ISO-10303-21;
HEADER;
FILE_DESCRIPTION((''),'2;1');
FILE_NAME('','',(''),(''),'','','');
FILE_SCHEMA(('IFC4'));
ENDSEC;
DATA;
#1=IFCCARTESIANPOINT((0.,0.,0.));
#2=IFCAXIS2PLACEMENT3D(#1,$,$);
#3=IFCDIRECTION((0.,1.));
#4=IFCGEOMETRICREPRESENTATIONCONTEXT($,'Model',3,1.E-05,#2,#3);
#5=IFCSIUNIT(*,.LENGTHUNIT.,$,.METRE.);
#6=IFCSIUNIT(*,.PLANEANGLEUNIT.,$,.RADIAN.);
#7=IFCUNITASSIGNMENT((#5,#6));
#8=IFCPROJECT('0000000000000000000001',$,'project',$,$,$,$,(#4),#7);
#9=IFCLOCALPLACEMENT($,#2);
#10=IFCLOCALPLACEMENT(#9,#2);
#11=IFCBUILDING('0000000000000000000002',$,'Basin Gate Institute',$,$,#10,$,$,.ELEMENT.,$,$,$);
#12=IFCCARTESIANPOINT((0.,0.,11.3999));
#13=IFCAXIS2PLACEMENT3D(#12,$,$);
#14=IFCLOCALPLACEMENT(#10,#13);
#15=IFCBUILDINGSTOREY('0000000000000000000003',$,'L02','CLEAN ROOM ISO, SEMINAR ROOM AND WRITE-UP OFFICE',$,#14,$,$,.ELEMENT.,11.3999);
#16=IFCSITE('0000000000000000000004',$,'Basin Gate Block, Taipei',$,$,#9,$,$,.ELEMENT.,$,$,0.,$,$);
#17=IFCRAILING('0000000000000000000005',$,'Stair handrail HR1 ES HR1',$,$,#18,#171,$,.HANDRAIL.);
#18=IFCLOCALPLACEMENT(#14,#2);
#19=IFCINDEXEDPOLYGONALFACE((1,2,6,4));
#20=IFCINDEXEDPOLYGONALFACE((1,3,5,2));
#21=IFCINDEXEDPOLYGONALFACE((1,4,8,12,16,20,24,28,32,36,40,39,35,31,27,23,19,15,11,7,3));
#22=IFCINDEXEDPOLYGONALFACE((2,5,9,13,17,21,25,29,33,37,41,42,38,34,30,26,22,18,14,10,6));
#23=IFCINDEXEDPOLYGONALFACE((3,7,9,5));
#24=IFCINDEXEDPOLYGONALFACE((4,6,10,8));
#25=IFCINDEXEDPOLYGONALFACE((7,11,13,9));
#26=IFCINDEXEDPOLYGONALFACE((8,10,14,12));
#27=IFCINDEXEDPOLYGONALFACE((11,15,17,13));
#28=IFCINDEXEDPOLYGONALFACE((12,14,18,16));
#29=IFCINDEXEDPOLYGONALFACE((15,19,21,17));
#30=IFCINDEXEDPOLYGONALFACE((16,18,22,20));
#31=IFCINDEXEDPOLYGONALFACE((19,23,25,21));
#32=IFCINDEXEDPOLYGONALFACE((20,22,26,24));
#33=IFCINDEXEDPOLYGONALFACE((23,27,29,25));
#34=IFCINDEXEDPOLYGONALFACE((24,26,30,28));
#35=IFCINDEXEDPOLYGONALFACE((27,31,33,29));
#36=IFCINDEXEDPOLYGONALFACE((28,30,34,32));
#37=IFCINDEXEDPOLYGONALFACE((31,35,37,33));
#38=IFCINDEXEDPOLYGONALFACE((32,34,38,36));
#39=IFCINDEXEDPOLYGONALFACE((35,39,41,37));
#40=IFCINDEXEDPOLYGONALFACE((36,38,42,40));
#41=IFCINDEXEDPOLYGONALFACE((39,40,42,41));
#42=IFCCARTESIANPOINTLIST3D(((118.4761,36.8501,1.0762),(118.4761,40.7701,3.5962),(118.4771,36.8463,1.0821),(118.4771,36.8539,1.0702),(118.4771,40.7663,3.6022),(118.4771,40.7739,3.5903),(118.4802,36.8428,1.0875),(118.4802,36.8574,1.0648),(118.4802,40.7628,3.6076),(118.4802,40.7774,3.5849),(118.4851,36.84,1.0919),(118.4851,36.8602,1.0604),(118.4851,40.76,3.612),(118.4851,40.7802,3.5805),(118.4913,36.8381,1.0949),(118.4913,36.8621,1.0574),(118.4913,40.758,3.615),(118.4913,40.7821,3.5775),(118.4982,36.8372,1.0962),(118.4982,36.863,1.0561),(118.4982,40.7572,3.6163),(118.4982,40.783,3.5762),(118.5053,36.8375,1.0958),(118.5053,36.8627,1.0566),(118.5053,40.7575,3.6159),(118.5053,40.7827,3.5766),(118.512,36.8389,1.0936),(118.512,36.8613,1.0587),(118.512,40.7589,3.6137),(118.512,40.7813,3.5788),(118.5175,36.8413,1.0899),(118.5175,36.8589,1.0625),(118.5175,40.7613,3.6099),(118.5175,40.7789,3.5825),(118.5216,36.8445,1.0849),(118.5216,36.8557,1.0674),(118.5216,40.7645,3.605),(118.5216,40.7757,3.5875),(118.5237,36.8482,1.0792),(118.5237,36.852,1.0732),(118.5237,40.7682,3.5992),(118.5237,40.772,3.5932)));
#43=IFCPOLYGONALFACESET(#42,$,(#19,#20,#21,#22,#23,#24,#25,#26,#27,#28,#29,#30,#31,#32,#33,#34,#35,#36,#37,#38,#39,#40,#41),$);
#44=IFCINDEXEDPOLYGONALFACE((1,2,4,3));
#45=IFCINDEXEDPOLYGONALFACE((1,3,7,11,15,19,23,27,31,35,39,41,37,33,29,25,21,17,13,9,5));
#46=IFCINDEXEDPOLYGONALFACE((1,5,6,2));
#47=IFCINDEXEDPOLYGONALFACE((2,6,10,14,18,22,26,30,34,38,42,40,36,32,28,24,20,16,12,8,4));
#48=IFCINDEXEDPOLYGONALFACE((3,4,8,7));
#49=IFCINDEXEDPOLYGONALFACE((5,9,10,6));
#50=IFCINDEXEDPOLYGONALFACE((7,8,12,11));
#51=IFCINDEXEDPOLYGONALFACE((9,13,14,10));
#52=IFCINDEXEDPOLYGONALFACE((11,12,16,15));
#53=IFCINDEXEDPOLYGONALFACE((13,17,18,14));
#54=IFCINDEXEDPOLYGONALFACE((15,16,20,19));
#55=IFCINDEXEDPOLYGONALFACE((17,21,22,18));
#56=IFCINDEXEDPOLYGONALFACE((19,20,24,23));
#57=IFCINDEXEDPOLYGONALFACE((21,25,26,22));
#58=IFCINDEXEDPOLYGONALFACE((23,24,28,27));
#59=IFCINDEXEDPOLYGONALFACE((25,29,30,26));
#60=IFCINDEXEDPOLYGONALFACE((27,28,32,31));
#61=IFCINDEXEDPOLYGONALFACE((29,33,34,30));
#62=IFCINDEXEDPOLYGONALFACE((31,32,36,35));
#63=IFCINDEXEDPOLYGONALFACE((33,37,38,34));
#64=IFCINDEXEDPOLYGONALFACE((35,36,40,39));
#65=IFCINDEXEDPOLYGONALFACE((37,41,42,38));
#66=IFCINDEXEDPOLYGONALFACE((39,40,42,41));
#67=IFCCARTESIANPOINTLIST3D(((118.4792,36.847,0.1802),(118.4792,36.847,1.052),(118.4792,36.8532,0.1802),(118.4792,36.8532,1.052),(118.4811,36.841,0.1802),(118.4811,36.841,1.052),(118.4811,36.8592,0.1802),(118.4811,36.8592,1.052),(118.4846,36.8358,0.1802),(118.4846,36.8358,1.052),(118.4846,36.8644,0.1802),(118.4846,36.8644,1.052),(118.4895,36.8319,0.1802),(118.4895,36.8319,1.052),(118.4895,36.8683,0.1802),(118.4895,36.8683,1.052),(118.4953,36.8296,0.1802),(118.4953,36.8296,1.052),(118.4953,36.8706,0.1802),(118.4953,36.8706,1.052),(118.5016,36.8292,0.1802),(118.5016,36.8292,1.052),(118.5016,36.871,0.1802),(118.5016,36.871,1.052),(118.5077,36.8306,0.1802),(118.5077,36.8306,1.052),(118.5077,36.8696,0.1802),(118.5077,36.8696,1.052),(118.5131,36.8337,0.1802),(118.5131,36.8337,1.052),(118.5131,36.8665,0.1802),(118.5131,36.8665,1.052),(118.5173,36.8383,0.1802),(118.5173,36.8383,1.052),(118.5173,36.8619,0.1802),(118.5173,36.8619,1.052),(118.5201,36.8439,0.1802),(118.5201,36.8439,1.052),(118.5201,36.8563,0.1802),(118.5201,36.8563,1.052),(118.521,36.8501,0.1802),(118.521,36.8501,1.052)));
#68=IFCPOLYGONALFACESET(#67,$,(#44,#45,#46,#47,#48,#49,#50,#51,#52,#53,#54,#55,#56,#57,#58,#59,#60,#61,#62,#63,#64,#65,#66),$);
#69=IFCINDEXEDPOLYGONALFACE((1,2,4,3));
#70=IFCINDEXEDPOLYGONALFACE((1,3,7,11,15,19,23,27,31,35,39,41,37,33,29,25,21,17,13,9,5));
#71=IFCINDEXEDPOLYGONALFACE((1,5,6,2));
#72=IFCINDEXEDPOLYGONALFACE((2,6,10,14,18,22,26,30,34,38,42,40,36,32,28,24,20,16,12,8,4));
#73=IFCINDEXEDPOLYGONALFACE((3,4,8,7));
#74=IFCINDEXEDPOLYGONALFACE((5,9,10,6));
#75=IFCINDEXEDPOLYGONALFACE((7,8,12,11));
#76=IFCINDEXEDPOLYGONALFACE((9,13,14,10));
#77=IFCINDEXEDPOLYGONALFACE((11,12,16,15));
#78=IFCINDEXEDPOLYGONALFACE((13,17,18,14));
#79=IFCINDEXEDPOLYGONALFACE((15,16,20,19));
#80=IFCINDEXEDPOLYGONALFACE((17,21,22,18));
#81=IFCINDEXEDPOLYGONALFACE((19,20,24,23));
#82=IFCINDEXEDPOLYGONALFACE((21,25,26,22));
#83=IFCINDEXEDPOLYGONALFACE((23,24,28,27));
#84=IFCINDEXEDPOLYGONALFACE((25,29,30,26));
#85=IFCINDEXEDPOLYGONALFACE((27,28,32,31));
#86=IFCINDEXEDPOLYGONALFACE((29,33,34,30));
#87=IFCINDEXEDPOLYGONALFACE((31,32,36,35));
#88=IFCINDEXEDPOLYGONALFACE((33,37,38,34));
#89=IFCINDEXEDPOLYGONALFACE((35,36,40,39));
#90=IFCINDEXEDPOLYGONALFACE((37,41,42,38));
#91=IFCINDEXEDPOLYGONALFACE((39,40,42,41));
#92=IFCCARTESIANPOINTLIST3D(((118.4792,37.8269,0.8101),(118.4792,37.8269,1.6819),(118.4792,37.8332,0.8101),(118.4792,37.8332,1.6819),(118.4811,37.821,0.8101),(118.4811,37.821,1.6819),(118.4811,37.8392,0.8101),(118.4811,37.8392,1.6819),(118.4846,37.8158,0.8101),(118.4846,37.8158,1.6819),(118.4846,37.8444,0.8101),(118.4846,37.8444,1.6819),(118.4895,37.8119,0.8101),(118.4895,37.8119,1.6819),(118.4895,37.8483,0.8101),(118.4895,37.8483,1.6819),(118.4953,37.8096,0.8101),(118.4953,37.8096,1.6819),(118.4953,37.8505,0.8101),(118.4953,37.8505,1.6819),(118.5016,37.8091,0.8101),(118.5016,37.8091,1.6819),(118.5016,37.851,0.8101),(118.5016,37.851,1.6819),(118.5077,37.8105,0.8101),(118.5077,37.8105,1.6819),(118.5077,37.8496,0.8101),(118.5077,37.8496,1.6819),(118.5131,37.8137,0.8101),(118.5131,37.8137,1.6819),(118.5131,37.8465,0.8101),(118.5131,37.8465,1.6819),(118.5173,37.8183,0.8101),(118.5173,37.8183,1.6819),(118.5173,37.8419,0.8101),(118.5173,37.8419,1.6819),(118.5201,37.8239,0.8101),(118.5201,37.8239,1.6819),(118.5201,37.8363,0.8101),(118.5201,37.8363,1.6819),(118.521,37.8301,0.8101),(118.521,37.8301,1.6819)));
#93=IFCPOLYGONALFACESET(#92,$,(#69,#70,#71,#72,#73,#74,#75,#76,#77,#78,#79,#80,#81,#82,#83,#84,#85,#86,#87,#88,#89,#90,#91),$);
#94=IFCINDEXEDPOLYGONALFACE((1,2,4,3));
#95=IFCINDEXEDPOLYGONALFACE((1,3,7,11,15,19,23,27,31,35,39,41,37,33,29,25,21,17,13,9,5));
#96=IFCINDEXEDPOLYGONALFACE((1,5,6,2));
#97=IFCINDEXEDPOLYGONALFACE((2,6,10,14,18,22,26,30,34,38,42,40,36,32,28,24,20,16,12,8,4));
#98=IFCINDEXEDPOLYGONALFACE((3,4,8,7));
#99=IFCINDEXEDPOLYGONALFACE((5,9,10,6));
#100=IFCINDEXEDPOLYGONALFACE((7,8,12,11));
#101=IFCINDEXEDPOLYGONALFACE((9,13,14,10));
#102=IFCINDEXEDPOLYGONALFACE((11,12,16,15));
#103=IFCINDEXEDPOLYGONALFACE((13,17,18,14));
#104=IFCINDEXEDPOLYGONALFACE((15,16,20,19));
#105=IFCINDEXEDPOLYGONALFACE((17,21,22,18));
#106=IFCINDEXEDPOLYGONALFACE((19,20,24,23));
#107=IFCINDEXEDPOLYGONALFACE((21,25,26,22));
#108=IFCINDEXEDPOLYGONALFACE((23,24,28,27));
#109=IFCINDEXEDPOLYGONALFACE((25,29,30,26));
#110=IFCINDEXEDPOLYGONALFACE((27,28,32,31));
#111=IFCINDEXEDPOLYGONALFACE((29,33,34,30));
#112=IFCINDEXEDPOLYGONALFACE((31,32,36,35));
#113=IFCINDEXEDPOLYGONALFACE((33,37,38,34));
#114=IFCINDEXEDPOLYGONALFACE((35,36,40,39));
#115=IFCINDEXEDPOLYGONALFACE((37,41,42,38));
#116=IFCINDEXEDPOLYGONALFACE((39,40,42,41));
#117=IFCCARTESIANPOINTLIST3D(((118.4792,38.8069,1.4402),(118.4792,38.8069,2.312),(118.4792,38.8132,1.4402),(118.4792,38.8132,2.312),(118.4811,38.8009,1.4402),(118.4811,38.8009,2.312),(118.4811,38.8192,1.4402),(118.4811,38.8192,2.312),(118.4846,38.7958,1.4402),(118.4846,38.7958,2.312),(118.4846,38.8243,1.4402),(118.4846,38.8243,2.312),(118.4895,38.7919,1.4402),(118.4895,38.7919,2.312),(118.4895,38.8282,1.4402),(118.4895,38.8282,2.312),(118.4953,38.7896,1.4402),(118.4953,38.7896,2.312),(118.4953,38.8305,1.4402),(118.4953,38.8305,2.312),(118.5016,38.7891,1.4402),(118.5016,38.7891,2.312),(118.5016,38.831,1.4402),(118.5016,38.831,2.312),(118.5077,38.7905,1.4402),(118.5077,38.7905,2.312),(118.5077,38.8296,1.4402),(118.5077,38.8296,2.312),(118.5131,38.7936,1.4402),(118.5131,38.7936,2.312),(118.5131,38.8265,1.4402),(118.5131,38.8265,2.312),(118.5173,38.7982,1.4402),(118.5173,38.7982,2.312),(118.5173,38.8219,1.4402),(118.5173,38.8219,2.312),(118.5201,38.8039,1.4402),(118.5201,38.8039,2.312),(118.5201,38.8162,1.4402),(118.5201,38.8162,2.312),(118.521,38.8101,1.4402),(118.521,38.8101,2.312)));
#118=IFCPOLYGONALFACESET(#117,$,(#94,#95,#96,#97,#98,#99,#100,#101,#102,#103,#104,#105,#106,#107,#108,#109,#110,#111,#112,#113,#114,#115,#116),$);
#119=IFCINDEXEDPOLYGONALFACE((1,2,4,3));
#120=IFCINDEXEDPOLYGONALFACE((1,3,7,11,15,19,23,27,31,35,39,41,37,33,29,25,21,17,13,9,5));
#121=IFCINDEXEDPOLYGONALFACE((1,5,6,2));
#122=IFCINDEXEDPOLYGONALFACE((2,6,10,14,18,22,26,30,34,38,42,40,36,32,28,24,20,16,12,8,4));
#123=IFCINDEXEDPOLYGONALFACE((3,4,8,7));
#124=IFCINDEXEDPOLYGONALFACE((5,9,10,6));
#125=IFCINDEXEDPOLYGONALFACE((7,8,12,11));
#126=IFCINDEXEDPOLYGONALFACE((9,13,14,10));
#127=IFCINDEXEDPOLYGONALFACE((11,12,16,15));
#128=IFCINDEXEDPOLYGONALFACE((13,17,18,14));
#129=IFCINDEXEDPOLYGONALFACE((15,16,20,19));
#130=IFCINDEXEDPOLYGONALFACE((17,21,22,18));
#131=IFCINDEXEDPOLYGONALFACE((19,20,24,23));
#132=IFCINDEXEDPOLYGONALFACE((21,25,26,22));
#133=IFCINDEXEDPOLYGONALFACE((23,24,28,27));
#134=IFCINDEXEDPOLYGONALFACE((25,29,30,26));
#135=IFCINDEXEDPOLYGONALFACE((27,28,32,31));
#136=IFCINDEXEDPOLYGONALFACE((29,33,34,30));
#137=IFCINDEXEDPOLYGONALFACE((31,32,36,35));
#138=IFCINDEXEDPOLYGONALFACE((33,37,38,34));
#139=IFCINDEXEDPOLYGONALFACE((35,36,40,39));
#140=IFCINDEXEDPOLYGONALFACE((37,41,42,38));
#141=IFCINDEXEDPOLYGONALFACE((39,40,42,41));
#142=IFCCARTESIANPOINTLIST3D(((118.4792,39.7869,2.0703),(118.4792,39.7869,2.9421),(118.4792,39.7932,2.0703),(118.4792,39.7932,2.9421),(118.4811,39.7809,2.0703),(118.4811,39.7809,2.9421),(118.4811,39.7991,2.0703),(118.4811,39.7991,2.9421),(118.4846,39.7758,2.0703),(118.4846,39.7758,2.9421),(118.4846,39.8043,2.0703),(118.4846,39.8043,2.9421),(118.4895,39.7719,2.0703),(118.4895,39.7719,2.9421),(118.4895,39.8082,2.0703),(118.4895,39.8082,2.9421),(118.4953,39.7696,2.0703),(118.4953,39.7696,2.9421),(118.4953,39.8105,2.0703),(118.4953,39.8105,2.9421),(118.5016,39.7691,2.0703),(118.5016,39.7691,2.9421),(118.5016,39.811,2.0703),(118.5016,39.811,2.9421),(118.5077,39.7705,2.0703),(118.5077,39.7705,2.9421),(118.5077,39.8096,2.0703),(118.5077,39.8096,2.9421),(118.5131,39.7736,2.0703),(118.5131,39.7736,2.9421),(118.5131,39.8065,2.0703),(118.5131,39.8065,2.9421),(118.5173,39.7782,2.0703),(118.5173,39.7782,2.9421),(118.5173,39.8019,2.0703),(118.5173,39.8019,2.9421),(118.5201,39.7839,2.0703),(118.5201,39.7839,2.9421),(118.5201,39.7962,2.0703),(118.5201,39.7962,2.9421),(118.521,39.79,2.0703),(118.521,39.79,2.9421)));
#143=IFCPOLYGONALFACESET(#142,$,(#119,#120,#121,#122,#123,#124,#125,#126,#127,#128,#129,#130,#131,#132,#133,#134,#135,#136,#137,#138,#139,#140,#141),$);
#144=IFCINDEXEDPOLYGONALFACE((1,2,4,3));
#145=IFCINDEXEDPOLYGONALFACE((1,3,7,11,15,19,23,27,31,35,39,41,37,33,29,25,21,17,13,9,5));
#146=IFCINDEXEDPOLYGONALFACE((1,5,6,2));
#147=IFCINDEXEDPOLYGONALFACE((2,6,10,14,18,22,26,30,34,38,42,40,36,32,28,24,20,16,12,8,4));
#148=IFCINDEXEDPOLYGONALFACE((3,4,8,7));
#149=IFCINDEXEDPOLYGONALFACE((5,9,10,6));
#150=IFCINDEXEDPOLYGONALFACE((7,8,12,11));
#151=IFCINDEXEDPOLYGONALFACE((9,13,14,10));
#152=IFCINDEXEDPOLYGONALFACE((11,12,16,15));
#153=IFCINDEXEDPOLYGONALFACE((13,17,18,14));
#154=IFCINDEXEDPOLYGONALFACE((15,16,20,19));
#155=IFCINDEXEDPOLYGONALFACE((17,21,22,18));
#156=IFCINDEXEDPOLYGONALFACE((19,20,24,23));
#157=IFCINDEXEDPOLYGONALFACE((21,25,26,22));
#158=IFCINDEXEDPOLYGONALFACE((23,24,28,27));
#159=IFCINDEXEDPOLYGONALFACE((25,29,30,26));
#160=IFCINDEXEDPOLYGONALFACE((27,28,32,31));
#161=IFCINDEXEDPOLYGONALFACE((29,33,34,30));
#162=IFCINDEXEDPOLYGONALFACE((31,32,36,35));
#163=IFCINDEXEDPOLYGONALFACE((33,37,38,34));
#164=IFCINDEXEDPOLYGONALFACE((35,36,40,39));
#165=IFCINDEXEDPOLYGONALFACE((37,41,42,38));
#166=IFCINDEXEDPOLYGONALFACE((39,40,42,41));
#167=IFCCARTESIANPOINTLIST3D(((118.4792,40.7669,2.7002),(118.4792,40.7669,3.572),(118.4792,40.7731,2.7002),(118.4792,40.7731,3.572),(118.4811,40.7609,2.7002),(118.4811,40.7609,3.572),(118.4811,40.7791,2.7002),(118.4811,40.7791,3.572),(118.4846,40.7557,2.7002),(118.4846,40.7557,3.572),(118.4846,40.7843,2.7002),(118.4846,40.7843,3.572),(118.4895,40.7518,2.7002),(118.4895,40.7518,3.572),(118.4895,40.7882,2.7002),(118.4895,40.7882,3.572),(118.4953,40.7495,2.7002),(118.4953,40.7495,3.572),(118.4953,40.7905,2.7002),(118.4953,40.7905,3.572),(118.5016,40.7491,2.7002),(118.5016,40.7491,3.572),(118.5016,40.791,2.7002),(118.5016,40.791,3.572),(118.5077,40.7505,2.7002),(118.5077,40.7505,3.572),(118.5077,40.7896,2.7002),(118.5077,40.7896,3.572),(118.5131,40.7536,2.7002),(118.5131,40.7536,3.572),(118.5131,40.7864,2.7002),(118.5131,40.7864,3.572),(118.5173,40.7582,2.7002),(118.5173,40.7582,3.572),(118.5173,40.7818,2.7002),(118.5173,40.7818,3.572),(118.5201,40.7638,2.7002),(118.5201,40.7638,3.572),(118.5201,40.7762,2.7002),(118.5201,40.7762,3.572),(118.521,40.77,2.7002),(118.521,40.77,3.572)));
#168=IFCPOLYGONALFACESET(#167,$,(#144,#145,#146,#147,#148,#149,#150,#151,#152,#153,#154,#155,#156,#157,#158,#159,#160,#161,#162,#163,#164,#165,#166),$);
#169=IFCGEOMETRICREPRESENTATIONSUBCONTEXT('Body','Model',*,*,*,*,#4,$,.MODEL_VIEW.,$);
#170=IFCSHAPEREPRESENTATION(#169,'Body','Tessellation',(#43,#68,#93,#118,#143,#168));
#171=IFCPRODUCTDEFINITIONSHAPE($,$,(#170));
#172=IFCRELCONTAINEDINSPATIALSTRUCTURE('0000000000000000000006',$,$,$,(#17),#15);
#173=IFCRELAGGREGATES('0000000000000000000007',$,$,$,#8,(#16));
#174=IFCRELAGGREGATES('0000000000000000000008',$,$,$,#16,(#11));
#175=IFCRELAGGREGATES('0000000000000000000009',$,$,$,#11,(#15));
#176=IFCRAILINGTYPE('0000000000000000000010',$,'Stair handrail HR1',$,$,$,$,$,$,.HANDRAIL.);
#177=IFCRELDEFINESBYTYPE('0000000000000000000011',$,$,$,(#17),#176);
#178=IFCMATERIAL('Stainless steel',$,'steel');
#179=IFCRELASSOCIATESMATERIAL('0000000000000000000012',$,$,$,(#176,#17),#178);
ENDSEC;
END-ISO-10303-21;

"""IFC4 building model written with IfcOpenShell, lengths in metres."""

from ifc_helpers import new_model, si_unit, direction, frame, origin, origin_2d, place, context, subcontext, project, spatial, circle, extrude, material, type_object, element, save


model = new_model("IFC4")

# Units and contexts
model_context = context("Model", 3, precision=1e-05, world=origin(), true_north=direction((0.0, 1.0)))
body_context = subcontext(model_context, "Body", "Model", "MODEL_VIEW")
ifc_project = project(units=[si_unit("LENGTHUNIT", "METRE"), si_unit("PLANEANGLEUNIT", "RADIAN")], contexts=[model_context])

# Site, building, storey
site_placement = place(None, origin())
site = spatial("IfcSite", under=ifc_project, at=site_placement, Name="Basin Gate Block, Taipei", CompositionType="ELEMENT", RefElevation=0.0)
building_placement = place(site_placement, origin())
building = spatial("IfcBuilding", under=site, at=building_placement, Name="Basin Gate Institute", CompositionType="ELEMENT")
storey_placement = place(building_placement, frame((0.0, 0.0, 11.3999)))
storey = spatial("IfcBuildingStorey", under=building, at=storey_placement, Name="L02", Description="CLEAN ROOM ISO, SEMINAR ROOM AND WRITE-UP OFFICE", CompositionType="ELEMENT", Elevation=11.3999)

# Railing
ifc_material_1 = material(Name="Stainless steel", Category="steel")
railing_type_1 = type_object("IfcRailingType", Name="Stair handrail HR1", PredefinedType="HANDRAIL", material=ifc_material_1)
railing_1_placement = place(storey_placement, frame((118.5, 36.8501, 0.1802)))
element("IfcRailing", 1, at=railing_1_placement, inside=storey, type_object=railing_type_1, material=ifc_material_1, Name="Stair handrail HR1 ES HR1", PredefinedType="HANDRAIL", context=body_context, shape_type="SweptSolid", body=[
    extrude(circle(Radius=0.0239, at=origin_2d()), frame((0.0, 0.0, 0.896), z_axis=(0.0, 0.841172, 0.540768), x_axis=(-1.0, 0.0, 0.0)), (0.0, 0.0, 1.0), 4.6602),
    extrude(circle(Radius=0.021, at=origin_2d()), origin(), (0.0, 0.0, 1.0), 0.8718),
    extrude(circle(Radius=0.021, at=origin_2d()), frame((0.0, 0.98, 0.6299)), (0.0, 0.0, 1.0), 0.8718),
    extrude(circle(Radius=0.021, at=origin_2d()), frame((0.0, 1.96, 1.26)), (0.0, 0.0, 1.0), 0.8718),
    extrude(circle(Radius=0.021, at=origin_2d()), frame((0.0, 2.9399, 1.8901)), (0.0, 0.0, 1.0), 0.8718),
    extrude(circle(Radius=0.021, at=origin_2d()), frame((0.0, 3.9199, 2.52)), (0.0, 0.0, 1.0), 0.8718),
])

save(model, "model.ifc")
